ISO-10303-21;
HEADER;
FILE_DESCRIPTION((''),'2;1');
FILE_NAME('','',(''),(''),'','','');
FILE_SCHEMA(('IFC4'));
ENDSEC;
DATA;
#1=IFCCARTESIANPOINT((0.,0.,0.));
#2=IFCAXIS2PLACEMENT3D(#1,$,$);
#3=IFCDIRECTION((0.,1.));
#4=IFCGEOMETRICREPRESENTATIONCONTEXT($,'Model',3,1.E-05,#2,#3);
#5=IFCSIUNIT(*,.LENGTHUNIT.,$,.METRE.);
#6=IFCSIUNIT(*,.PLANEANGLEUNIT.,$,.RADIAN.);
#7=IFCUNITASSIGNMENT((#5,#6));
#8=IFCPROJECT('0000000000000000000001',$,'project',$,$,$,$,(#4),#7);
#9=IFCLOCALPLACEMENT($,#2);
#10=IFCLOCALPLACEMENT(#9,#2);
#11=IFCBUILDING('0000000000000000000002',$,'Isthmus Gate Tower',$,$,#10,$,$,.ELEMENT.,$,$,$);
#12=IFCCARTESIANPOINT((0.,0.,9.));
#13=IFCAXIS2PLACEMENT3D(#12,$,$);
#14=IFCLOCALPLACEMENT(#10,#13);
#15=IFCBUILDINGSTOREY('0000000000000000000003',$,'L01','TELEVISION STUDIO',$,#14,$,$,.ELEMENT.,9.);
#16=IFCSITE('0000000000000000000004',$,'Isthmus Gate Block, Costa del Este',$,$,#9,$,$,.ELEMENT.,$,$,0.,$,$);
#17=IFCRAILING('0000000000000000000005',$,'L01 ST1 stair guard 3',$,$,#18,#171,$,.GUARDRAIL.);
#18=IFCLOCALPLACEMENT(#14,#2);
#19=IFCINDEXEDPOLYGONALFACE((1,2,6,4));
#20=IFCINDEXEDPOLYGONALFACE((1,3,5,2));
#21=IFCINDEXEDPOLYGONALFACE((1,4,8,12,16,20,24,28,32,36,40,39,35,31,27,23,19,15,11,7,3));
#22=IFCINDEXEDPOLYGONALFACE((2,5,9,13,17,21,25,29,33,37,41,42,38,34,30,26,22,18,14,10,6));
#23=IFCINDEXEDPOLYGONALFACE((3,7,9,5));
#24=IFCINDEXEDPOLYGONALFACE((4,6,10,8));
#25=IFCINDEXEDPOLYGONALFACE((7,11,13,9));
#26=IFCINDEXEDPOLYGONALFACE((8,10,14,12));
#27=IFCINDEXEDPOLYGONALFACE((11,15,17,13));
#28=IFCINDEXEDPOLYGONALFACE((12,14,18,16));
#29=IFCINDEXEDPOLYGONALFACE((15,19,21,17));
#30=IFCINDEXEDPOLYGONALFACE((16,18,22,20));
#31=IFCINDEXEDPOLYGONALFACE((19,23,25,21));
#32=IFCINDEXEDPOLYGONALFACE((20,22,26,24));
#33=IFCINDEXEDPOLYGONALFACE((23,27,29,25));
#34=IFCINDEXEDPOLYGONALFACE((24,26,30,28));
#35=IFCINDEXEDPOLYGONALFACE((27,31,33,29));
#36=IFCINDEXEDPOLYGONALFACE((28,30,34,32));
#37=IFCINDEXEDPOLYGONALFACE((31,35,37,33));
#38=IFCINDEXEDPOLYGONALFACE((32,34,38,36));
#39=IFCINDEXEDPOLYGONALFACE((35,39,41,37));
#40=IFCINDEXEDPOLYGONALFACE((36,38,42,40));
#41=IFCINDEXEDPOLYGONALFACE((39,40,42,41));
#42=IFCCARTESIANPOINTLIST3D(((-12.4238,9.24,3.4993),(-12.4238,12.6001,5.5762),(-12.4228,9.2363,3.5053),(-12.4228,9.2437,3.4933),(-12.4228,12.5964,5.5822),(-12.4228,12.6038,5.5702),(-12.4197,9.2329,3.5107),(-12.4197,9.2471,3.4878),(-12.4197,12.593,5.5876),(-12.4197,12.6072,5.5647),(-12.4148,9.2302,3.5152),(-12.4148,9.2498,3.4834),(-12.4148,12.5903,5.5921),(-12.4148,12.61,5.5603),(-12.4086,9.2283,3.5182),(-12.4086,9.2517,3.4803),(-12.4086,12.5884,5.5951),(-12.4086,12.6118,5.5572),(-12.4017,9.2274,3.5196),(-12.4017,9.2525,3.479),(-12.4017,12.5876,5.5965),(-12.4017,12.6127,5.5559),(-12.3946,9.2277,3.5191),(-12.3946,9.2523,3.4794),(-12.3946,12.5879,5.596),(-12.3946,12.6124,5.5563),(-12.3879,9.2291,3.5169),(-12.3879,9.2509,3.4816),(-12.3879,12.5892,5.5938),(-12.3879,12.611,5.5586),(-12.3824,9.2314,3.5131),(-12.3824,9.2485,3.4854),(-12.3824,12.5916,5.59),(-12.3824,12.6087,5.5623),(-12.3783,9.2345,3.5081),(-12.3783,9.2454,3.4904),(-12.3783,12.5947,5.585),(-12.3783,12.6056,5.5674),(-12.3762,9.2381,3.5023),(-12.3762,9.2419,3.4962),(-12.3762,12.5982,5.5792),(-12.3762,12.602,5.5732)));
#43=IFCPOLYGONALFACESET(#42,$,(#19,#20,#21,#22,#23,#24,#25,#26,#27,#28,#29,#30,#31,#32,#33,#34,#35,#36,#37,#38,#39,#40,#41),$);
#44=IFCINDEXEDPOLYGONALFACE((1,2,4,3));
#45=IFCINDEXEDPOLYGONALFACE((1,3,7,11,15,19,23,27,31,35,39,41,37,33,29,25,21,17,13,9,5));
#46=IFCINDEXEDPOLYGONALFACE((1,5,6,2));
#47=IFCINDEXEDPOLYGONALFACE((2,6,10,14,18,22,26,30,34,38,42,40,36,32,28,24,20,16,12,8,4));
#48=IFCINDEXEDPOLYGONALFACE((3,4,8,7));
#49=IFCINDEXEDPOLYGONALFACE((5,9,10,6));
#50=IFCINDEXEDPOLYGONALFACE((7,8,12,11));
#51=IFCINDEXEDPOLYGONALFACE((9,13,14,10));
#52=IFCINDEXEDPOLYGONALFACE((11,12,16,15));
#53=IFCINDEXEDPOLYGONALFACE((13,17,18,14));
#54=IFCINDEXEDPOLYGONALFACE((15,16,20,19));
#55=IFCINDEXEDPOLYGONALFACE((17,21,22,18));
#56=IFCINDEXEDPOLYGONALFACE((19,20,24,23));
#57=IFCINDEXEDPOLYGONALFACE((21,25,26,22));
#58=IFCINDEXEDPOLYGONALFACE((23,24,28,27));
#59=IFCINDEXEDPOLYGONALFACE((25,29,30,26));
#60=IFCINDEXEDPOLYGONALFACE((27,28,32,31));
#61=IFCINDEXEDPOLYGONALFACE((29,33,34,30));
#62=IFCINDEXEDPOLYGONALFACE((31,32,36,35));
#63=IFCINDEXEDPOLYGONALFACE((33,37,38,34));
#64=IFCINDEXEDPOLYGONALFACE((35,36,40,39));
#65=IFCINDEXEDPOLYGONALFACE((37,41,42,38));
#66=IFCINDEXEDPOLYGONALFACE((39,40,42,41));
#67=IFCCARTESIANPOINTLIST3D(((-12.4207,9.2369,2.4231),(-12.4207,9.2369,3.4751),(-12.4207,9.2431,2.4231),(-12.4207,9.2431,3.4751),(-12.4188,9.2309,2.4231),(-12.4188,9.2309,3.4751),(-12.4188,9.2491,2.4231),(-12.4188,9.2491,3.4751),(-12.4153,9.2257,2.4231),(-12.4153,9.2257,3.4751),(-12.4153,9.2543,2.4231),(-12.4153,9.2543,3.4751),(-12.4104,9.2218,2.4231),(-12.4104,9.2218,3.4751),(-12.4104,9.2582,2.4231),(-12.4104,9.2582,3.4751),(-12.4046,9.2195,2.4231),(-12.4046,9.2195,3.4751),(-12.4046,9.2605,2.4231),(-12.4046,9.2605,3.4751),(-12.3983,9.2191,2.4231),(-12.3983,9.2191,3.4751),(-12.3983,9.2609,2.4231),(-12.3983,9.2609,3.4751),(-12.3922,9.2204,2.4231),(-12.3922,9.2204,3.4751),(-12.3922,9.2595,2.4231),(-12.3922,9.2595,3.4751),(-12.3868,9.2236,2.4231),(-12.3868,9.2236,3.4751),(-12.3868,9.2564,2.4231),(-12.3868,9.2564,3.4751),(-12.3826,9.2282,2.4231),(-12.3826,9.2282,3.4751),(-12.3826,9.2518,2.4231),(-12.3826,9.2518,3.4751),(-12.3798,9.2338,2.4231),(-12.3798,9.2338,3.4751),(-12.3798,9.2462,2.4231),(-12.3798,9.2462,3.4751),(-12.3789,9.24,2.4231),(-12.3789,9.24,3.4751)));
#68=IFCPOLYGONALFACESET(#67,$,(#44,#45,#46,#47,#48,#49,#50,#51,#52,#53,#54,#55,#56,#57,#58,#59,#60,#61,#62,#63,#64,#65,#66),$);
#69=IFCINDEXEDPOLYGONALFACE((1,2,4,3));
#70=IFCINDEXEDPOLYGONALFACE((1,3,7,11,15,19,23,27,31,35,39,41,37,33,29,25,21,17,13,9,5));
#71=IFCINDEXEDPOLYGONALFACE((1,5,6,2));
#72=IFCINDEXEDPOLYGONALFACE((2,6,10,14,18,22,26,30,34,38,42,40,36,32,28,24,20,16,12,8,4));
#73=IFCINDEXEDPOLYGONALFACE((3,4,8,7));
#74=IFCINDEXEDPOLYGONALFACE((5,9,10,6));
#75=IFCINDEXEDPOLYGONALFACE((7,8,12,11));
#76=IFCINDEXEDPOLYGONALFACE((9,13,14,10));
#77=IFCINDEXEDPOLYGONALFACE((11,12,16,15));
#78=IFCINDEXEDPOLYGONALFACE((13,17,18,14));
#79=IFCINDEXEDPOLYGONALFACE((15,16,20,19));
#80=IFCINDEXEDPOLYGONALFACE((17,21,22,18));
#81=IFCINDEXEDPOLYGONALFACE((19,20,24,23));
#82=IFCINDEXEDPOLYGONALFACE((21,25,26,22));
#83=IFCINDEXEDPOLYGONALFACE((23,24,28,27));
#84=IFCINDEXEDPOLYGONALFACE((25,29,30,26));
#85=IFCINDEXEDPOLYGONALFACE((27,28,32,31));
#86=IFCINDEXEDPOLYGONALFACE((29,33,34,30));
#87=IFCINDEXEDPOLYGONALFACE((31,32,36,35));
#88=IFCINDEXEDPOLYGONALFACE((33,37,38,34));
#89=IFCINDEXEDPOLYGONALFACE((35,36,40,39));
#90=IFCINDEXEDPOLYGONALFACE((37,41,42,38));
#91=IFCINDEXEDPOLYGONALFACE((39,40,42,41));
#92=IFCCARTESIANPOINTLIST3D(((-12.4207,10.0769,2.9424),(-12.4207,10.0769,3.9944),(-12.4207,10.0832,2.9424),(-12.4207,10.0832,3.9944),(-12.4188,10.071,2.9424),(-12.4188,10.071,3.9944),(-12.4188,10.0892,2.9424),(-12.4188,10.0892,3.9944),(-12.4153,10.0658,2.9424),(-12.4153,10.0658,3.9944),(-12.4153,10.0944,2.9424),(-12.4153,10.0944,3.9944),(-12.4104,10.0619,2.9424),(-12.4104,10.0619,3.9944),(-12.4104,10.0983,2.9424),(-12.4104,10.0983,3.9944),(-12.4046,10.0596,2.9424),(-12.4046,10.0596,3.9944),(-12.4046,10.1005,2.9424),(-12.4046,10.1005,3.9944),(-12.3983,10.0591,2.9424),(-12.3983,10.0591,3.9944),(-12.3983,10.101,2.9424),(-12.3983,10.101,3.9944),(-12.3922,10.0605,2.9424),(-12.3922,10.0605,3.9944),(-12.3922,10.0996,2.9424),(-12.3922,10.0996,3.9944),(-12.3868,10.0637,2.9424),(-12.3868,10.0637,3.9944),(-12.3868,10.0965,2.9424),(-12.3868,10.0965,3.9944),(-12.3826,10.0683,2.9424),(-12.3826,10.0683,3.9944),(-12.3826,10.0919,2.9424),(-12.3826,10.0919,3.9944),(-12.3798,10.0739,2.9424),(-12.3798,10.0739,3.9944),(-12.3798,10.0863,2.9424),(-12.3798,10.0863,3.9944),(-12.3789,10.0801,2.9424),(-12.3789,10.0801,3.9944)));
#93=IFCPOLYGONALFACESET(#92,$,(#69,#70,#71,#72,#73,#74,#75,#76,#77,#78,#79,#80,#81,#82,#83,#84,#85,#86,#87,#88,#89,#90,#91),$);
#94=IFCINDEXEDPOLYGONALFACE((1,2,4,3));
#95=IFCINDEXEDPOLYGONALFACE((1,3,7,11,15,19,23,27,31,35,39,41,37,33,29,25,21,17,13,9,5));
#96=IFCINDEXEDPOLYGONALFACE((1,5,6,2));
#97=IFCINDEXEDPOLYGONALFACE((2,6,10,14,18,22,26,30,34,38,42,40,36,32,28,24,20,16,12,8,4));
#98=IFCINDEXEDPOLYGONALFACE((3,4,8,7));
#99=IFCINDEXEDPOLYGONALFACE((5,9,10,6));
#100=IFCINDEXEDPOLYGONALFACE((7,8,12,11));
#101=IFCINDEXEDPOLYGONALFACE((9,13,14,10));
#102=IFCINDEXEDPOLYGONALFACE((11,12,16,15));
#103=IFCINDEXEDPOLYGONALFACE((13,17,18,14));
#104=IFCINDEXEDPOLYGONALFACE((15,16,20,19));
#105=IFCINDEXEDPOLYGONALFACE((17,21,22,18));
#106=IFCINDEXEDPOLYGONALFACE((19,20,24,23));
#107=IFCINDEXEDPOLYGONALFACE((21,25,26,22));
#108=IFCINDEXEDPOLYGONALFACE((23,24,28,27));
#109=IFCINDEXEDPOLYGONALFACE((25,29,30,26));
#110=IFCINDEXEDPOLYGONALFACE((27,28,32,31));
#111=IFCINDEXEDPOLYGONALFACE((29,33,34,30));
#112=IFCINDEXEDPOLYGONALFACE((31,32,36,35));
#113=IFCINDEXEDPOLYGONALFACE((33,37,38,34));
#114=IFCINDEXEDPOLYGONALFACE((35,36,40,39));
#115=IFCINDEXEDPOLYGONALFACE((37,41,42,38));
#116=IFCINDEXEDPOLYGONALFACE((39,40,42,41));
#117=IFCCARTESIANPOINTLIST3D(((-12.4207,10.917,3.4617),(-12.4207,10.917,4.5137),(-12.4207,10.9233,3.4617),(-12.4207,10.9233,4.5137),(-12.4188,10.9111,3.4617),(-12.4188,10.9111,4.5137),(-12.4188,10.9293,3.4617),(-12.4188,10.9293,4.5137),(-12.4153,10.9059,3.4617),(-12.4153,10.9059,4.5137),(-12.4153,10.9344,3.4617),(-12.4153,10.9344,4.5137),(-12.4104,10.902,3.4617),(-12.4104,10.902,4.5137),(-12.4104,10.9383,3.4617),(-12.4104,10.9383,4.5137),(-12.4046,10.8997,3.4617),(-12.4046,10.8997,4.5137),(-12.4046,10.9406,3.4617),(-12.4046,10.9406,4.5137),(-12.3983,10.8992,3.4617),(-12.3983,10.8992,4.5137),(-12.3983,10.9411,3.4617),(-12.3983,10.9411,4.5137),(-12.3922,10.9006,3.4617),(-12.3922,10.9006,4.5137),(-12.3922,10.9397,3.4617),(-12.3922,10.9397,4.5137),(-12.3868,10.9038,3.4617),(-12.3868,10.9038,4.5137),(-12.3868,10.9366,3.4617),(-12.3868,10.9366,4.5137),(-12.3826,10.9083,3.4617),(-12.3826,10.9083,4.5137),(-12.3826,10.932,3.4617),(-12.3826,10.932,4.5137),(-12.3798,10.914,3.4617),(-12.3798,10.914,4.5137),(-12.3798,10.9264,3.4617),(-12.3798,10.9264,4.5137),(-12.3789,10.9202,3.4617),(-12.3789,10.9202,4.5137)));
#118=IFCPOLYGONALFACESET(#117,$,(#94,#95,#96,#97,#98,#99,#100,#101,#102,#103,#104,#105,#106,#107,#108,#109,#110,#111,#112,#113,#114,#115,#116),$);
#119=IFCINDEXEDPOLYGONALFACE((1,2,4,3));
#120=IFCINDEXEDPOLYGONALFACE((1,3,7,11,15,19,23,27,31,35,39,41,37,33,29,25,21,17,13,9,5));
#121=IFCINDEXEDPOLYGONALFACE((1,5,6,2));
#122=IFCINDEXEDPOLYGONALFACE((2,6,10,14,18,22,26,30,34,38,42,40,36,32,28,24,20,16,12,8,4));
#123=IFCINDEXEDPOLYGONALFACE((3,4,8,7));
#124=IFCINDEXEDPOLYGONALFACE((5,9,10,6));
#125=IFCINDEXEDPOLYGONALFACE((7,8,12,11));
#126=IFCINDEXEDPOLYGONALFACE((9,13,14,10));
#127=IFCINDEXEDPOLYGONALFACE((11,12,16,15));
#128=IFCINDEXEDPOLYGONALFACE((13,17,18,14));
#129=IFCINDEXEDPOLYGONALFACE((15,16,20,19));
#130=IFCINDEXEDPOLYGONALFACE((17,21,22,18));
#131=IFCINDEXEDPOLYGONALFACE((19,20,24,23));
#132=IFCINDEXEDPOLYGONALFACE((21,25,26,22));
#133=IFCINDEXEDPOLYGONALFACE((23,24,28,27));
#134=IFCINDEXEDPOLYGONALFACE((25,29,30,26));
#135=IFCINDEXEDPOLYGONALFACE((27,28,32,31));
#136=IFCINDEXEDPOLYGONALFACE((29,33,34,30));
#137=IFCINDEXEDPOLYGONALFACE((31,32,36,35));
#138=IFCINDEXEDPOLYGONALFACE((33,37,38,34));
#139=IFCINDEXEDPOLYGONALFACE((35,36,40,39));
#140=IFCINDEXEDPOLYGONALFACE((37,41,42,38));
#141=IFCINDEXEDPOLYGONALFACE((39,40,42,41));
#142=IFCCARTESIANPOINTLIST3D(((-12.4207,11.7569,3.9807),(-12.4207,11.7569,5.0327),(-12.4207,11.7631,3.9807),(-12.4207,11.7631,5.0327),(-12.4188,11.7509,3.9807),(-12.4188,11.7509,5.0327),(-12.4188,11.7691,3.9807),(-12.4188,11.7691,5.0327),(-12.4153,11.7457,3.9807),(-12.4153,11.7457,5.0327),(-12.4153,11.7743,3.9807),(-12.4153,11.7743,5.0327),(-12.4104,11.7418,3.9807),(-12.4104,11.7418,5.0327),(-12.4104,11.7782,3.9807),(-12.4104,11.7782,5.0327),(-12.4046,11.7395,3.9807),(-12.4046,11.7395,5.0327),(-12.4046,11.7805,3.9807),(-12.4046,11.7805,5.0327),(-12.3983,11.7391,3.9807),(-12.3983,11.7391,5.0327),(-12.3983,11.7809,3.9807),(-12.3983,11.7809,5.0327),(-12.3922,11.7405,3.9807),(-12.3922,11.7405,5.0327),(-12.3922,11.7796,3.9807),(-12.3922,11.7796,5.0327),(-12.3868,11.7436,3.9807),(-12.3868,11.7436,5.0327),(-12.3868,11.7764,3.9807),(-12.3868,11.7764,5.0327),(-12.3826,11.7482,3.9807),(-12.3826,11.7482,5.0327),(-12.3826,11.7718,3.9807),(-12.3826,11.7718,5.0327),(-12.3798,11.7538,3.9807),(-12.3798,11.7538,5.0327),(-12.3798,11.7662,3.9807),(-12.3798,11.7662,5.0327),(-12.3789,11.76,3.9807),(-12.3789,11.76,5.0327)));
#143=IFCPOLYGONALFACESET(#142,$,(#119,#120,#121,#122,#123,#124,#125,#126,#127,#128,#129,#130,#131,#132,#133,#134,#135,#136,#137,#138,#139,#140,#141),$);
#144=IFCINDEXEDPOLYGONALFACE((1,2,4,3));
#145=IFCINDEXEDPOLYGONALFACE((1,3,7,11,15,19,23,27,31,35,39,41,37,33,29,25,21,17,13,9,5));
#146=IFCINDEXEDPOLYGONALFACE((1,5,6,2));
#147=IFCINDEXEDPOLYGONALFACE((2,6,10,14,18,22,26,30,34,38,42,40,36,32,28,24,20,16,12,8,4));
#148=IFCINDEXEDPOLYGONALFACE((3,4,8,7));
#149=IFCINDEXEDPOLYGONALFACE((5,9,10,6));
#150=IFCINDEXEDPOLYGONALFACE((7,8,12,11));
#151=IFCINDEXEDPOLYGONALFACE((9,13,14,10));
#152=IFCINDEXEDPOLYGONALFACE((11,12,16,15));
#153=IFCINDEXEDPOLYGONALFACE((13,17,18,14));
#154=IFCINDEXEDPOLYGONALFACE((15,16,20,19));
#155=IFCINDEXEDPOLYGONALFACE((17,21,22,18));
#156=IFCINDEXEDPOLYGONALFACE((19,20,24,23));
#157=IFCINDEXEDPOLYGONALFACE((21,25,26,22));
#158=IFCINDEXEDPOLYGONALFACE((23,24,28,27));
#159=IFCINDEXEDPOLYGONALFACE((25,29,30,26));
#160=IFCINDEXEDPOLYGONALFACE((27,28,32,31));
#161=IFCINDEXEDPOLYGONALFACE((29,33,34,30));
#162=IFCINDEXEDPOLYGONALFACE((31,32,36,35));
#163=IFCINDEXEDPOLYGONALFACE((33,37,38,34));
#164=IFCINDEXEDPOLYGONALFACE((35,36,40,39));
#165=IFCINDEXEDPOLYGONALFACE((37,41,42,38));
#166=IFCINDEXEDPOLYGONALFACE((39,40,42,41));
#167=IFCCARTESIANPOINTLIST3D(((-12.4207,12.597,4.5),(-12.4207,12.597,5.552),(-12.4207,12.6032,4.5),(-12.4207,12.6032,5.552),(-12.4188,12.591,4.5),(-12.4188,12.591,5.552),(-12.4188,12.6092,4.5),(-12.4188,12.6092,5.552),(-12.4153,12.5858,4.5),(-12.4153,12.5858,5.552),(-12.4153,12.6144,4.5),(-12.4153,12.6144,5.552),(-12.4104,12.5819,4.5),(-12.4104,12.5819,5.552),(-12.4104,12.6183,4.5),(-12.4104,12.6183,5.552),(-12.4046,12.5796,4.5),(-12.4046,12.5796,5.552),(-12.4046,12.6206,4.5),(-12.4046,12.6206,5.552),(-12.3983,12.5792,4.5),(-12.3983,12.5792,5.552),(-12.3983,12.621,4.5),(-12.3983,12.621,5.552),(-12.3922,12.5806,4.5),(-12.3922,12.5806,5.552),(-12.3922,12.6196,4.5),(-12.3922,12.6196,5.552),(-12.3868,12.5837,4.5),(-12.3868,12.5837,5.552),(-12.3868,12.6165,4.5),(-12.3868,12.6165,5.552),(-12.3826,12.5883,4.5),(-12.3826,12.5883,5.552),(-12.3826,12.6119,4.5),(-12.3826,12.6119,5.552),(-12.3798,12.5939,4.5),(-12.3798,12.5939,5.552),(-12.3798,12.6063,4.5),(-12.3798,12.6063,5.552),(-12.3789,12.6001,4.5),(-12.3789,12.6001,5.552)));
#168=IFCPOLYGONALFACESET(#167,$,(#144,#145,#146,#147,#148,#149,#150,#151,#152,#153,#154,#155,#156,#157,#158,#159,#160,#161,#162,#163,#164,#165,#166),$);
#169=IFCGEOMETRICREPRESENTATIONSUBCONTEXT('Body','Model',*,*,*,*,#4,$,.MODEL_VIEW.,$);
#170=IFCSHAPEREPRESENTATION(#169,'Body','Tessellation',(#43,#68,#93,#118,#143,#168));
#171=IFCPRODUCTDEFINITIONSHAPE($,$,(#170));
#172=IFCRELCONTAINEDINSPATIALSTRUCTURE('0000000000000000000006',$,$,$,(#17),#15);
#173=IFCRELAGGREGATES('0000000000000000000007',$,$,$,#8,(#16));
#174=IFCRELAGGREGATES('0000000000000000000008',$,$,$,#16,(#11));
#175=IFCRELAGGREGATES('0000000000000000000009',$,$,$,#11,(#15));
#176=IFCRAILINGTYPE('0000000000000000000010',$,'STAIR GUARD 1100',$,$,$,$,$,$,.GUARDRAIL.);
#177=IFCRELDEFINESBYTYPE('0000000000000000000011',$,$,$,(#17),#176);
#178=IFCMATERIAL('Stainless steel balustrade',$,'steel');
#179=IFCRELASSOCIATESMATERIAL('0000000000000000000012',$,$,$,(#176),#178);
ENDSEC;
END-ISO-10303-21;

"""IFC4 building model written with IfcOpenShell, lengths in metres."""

from ifc_helpers import new_model, si_unit, direction, frame, origin, origin_2d, place, context, subcontext, project, spatial, circle, extrude, material, type_object, element, save


model = new_model("IFC4")

# Units and contexts
model_context = context("Model", 3, precision=1e-05, world=origin(), true_north=direction((0.0, 1.0)))
body_context = subcontext(model_context, "Body", "Model", "MODEL_VIEW")
ifc_project = project(units=[si_unit("LENGTHUNIT", "METRE"), si_unit("PLANEANGLEUNIT", "RADIAN")], contexts=[model_context])

# Site, building, storey
site_placement = place(None, origin())
site = spatial("IfcSite", under=ifc_project, at=site_placement, Name="Isthmus Gate Block, Costa del Este", CompositionType="ELEMENT", RefElevation=0.0)
building_placement = place(site_placement, origin())
building = spatial("IfcBuilding", under=site, at=building_placement, Name="Isthmus Gate Tower", CompositionType="ELEMENT")
storey_placement = place(building_placement, frame((0.0, 0.0, 9.0)))
storey = spatial("IfcBuildingStorey", under=building, at=storey_placement, Name="L01", Description="TELEVISION STUDIO", CompositionType="ELEMENT", Elevation=9.0)

# Railing
ifc_material_1 = material(Name="Stainless steel balustrade", Category="steel")
railing_type_1 = type_object("IfcRailingType", Name="STAIR GUARD 1100", PredefinedType="GUARDRAIL", material=ifc_material_1)
for number, where, name in (
    (1, (-12.3999, 9.24, 2.4231), "L01 ST1 stair guard 3"),
):
    element("IfcRailing", number, at=place(storey_placement, frame(where)), inside=storey, type_object=railing_type_1, Name=name, PredefinedType="GUARDRAIL", context=body_context, shape_type="SweptSolid", body=[
        extrude(circle(Radius=0.0239, at=origin_2d()), frame((0.0, 0.0, 1.0762), z_axis=(0.0, 0.850623, 0.525776), x_axis=(-1.0, 0.0, 0.0)), (0.0, 0.0, 1.0), 3.9502),
        extrude(circle(Radius=0.021, at=origin_2d()), origin(), (0.0, 0.0, 1.0), 1.052),
        extrude(circle(Radius=0.021, at=origin_2d()), frame((0.0, 0.8401, 0.5193)), (0.0, 0.0, 1.0), 1.052),
        extrude(circle(Radius=0.021, at=origin_2d()), frame((0.0, 1.6802, 1.0386)), (0.0, 0.0, 1.0), 1.052),
        extrude(circle(Radius=0.021, at=origin_2d()), frame((0.0, 2.52, 1.5576)), (0.0, 0.0, 1.0), 1.052),
        extrude(circle(Radius=0.021, at=origin_2d()), frame((0.0, 3.3601, 2.0769)), (0.0, 0.0, 1.0), 1.052),
    ])

save(model, "model.ifc")
